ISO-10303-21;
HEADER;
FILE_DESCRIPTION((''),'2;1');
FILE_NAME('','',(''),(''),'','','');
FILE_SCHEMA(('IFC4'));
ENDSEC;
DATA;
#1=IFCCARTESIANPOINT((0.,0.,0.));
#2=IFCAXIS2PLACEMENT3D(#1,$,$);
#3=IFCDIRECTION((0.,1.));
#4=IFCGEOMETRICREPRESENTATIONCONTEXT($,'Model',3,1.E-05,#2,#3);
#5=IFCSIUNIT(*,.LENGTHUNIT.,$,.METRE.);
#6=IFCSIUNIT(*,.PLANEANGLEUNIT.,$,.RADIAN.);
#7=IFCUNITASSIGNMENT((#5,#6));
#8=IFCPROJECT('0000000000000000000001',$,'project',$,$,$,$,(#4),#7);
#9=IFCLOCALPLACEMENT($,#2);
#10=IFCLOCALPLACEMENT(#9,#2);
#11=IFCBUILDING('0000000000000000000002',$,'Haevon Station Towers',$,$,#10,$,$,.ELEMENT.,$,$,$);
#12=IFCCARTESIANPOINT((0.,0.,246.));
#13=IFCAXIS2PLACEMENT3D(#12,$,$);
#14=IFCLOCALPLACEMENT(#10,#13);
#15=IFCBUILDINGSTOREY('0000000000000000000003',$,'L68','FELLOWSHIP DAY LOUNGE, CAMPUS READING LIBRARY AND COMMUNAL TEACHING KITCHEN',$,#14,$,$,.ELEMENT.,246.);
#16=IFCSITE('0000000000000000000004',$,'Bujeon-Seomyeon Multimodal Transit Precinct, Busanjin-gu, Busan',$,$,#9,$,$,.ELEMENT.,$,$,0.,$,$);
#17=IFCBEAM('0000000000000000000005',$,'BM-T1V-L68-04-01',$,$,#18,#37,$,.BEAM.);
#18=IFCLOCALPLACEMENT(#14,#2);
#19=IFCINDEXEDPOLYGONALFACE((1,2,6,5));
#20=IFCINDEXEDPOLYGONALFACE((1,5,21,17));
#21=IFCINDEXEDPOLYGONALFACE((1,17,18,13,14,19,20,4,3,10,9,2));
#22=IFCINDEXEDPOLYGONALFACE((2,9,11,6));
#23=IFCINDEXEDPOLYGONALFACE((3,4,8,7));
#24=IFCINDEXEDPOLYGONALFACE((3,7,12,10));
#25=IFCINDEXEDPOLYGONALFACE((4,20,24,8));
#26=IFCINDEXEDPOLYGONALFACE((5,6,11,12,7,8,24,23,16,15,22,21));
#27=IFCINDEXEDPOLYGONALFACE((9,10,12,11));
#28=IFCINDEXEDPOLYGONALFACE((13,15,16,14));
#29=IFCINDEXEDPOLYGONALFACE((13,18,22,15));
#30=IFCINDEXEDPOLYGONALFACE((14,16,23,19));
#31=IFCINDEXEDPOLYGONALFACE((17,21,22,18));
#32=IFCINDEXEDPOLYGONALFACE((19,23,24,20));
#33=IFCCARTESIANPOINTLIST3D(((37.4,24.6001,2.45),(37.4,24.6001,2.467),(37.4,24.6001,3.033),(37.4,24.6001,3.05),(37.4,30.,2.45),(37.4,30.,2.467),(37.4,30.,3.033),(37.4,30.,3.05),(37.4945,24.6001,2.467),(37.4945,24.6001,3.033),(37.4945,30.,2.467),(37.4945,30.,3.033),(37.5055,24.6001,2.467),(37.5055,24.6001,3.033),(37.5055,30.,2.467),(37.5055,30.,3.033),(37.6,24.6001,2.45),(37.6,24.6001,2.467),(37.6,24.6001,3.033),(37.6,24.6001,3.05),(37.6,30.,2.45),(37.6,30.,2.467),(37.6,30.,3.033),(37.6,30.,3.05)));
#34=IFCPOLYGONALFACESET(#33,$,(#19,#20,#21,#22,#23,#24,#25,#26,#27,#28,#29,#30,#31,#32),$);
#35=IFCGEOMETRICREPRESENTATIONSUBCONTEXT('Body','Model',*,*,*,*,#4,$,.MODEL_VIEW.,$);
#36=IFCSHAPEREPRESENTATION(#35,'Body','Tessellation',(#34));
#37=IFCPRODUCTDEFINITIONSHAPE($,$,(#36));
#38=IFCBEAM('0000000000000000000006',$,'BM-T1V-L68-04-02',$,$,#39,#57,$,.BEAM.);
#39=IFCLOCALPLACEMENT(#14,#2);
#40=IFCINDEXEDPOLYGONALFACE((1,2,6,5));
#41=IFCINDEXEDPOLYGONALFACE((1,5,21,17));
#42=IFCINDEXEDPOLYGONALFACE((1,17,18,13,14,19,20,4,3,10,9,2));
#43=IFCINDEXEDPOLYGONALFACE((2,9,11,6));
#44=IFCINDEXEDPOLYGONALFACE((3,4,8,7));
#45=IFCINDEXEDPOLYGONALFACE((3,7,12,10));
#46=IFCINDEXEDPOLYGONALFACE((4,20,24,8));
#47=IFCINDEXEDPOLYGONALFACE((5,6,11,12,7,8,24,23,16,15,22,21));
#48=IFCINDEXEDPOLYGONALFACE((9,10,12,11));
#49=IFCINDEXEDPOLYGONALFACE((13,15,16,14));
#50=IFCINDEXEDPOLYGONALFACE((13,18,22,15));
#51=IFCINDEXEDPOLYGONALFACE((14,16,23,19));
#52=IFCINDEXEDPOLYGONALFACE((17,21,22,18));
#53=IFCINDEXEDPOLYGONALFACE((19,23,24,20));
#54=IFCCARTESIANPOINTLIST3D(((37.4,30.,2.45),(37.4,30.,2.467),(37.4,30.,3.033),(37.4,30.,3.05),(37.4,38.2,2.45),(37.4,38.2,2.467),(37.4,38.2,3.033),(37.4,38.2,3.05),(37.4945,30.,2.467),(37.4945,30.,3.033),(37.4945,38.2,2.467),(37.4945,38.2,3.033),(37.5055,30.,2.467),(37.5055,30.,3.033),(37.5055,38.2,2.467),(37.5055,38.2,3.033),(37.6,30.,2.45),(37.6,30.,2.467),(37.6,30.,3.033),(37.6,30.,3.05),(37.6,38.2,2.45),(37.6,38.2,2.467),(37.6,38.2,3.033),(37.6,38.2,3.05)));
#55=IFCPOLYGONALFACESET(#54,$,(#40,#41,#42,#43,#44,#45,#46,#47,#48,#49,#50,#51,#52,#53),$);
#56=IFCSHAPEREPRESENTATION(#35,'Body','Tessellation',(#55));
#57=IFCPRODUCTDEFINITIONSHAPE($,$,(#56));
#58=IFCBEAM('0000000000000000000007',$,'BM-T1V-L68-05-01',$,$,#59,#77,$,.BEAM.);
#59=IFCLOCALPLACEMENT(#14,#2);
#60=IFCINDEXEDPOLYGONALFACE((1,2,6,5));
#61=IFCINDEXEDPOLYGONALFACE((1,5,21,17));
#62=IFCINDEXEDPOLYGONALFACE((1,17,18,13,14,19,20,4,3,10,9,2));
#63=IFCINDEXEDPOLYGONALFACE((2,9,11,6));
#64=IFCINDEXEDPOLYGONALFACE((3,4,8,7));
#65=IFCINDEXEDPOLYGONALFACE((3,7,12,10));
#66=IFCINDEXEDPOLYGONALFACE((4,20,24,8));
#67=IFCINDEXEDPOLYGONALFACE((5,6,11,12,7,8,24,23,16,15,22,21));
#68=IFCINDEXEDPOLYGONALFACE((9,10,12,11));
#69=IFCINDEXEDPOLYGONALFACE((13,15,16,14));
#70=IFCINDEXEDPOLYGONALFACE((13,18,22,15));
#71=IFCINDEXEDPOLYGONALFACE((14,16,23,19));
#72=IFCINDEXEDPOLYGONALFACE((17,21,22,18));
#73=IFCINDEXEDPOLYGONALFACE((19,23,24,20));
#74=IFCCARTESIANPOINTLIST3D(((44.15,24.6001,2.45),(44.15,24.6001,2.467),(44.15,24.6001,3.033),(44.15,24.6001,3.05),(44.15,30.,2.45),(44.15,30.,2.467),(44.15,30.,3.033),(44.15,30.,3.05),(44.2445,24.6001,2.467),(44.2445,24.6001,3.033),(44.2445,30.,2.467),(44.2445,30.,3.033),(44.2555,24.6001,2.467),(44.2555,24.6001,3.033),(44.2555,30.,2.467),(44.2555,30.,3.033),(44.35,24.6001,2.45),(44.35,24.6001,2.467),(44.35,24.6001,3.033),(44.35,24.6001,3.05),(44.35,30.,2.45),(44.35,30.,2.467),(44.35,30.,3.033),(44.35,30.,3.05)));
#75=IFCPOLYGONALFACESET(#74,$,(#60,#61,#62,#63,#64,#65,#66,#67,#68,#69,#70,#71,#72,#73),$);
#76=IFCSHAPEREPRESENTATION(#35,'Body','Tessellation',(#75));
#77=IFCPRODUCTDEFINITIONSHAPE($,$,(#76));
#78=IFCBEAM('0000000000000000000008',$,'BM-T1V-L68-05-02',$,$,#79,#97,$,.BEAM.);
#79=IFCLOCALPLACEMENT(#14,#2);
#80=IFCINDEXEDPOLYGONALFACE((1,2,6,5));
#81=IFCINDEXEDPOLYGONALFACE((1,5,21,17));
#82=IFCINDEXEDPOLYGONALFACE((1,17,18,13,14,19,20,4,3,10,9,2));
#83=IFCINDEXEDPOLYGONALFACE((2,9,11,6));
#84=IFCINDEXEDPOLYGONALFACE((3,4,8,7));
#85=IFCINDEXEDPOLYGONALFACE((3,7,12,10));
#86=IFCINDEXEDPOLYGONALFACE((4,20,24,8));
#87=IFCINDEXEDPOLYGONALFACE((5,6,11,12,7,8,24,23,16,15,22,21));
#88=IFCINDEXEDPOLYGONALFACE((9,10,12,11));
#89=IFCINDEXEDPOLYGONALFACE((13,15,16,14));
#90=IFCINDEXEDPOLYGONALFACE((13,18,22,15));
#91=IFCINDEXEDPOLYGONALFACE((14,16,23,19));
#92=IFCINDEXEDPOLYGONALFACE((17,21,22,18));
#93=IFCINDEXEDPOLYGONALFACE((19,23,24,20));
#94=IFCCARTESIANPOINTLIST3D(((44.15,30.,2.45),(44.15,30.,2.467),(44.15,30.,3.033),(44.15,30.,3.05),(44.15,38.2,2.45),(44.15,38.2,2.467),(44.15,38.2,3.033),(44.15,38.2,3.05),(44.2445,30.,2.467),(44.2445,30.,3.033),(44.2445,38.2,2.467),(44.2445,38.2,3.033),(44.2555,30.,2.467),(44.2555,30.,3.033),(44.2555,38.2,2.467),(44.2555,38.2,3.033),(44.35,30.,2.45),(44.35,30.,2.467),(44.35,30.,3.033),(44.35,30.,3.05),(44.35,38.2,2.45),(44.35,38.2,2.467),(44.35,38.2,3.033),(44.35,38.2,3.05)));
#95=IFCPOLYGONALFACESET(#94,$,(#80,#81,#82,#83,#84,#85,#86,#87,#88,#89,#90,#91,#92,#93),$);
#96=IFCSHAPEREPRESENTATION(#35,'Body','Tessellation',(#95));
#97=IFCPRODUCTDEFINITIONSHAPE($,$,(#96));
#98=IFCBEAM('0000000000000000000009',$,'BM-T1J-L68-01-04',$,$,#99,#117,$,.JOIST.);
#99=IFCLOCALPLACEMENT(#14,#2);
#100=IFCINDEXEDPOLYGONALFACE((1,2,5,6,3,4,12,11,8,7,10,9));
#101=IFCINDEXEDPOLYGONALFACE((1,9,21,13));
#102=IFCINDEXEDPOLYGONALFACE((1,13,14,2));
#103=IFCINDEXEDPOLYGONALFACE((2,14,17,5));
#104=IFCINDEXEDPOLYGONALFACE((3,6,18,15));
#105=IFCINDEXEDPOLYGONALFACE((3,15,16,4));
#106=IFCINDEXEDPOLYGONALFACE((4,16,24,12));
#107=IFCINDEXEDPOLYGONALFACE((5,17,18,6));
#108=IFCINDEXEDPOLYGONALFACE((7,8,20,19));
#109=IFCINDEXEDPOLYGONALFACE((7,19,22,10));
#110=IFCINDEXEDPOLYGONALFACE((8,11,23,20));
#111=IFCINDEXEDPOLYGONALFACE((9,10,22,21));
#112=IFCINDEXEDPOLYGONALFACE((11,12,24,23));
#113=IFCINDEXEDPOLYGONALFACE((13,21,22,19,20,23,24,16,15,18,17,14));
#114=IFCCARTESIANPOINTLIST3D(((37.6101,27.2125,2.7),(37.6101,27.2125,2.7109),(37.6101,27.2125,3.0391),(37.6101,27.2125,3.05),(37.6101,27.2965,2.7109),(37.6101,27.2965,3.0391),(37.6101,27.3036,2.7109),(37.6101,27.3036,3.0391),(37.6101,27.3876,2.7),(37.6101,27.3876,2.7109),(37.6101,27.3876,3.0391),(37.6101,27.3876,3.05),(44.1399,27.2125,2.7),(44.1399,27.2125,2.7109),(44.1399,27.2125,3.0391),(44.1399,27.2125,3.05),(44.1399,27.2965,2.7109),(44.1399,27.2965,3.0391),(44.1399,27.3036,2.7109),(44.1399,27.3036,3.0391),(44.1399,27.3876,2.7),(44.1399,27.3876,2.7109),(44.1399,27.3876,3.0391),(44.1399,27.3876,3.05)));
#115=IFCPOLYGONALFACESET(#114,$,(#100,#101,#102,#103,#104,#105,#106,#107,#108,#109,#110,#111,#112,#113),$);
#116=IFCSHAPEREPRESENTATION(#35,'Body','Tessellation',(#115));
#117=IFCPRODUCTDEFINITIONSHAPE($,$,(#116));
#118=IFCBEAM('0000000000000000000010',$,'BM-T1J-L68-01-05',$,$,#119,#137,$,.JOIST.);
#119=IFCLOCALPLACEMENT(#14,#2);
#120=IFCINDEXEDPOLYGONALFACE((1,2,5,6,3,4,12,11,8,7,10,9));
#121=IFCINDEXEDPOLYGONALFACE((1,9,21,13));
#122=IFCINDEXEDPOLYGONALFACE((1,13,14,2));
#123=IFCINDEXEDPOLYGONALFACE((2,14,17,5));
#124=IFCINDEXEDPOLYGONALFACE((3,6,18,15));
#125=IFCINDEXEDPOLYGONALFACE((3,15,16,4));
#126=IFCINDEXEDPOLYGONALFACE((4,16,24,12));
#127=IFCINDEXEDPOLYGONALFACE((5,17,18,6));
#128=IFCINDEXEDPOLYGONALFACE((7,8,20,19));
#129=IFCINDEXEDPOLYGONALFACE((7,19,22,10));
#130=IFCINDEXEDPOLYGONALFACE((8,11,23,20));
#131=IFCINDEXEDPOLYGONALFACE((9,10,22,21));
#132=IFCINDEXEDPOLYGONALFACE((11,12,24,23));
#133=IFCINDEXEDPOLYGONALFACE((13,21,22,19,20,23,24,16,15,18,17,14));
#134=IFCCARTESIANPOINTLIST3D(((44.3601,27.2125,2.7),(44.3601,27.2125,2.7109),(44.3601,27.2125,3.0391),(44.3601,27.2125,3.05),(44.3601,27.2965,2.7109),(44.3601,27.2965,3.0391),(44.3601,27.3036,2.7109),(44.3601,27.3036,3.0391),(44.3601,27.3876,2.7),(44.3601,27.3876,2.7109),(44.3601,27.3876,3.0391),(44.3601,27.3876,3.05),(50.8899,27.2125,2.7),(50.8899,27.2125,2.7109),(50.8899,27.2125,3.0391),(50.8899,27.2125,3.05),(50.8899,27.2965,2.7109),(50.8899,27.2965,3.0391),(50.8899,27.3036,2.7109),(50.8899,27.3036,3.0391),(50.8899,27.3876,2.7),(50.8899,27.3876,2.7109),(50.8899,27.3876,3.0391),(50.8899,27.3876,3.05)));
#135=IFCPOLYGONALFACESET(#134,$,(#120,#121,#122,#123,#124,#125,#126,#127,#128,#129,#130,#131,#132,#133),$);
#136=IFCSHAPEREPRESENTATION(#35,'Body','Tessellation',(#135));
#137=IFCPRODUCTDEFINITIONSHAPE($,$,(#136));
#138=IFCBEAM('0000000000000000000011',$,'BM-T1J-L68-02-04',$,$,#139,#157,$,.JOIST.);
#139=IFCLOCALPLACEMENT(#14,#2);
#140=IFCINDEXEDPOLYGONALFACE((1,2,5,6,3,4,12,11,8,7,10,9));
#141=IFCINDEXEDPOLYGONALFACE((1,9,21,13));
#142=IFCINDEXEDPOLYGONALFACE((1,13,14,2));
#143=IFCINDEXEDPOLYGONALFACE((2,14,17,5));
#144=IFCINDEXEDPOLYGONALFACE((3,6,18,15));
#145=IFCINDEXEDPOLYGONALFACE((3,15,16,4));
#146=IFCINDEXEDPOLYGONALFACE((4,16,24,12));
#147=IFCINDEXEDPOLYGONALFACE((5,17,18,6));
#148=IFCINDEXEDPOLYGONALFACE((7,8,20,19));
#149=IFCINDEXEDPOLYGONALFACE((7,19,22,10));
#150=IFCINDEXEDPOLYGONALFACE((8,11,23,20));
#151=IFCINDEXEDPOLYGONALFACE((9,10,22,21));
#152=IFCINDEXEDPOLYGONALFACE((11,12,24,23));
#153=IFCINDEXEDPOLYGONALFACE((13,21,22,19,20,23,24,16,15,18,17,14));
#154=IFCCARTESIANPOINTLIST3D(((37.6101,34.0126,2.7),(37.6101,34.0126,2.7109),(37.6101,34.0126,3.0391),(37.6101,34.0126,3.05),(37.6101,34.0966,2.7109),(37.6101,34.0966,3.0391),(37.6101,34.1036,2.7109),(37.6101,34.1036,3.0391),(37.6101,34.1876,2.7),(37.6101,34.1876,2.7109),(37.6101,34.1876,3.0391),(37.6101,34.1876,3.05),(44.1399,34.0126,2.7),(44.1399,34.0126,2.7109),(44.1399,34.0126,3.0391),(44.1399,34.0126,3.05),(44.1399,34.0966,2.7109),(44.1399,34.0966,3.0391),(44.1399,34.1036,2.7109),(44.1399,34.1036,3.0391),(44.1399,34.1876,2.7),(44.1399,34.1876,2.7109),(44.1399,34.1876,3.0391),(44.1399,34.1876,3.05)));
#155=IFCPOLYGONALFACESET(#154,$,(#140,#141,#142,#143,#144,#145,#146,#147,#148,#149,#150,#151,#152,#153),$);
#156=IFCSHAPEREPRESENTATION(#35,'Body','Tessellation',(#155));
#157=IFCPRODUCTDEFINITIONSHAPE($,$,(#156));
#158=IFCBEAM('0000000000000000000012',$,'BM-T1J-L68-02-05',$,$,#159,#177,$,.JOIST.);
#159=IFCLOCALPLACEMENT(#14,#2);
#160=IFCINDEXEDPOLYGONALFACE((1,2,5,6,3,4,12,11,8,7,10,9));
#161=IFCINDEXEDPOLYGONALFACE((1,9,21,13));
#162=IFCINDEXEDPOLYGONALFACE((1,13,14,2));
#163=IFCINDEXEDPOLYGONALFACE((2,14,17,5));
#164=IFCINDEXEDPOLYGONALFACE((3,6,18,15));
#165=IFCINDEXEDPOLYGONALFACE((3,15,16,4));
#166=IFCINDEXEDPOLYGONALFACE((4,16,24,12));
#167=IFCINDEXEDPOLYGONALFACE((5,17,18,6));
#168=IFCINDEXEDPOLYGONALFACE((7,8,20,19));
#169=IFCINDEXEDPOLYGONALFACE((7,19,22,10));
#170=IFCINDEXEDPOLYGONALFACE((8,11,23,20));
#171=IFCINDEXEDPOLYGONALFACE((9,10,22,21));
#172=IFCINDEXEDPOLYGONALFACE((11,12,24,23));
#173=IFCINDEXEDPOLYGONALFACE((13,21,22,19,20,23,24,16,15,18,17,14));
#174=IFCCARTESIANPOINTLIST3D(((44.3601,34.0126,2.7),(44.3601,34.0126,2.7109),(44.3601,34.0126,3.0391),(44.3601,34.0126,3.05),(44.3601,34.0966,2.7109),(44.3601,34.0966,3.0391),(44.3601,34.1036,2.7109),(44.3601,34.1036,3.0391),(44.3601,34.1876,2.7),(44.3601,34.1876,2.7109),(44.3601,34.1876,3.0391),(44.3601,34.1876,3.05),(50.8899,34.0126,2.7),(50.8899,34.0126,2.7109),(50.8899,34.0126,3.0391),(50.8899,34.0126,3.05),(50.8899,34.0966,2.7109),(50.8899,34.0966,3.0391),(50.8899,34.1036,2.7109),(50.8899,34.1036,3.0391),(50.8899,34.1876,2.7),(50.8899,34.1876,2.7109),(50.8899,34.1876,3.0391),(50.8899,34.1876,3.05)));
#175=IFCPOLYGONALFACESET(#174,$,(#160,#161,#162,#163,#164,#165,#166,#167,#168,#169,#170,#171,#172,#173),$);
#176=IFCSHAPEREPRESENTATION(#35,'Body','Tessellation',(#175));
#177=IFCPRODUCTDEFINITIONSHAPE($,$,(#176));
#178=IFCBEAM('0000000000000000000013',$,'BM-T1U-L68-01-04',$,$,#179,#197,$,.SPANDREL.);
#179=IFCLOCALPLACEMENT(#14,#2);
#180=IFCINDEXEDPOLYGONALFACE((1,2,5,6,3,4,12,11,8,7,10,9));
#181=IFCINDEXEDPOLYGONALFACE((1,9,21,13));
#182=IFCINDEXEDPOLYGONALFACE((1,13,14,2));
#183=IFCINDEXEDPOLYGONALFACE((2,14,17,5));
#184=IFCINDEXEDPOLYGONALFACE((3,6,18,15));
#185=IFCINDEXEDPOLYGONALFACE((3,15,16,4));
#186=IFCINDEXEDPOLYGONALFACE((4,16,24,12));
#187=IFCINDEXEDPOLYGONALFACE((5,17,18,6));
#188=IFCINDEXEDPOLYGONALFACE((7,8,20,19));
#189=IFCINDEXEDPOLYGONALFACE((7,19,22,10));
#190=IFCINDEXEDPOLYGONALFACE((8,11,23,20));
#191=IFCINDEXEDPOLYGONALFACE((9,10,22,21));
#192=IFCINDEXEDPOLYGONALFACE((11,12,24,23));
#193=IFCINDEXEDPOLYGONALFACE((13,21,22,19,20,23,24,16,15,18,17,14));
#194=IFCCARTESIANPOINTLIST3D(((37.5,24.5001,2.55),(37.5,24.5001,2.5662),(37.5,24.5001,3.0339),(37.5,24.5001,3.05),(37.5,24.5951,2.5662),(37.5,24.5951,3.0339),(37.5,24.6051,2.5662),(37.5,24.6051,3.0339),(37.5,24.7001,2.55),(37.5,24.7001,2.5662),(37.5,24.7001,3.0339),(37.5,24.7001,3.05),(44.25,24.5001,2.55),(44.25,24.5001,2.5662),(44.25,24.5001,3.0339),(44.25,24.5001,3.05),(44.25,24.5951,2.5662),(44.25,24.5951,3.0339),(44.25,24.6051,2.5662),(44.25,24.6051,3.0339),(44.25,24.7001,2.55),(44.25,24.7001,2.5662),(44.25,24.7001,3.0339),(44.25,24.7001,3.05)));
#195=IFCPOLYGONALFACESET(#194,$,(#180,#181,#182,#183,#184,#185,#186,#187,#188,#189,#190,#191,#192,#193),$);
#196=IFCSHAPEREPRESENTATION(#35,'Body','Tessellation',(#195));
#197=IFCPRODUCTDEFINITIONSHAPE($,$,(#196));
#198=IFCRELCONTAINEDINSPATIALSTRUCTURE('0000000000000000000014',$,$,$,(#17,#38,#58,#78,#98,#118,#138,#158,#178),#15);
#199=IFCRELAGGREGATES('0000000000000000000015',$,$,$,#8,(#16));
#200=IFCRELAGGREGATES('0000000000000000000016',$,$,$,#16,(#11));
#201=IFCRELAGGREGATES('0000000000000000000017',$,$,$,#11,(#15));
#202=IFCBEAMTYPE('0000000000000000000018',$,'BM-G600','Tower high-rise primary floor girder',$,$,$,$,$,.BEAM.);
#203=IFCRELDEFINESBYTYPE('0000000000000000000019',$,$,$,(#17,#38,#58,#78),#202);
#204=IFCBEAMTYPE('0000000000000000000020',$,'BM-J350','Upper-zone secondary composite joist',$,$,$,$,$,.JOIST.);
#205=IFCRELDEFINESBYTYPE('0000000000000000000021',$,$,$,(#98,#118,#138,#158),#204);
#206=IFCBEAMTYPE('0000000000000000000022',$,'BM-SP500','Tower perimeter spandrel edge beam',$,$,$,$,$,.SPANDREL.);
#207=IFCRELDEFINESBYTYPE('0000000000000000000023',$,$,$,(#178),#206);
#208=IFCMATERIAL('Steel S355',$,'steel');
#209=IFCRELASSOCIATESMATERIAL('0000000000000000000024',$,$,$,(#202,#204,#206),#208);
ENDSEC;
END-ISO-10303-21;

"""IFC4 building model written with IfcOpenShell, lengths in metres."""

from ifc_helpers import new_model, si_unit, direction, frame, origin, origin_2d, place, context, subcontext, project, spatial, i_section, extrude, material, material_profile, profile_set, type_object, element, save


model = new_model("IFC4")

# Units and contexts
model_context = context("Model", 3, precision=1e-05, world=origin(), true_north=direction((0.0, 1.0)))
body_context = subcontext(model_context, "Body", "Model", "MODEL_VIEW")
ifc_project = project(units=[si_unit("LENGTHUNIT", "METRE"), si_unit("PLANEANGLEUNIT", "RADIAN")], contexts=[model_context])

# Site, building, storey
site_placement = place(None, origin())
site = spatial("IfcSite", under=ifc_project, at=site_placement, Name="Bujeon-Seomyeon Multimodal Transit Precinct, Busanjin-gu, Busan", CompositionType="ELEMENT", RefElevation=0.0)
building_placement = place(site_placement, origin())
building = spatial("IfcBuilding", under=site, at=building_placement, Name="Haevon Station Towers", CompositionType="ELEMENT")
storey_placement = place(building_placement, frame((0.0, 0.0, 246.0)))
storey = spatial("IfcBuildingStorey", under=building, at=storey_placement, Name="L68", Description="FELLOWSHIP DAY LOUNGE, CAMPUS READING LIBRARY AND COMMUNAL TEACHING KITCHEN", CompositionType="ELEMENT", Elevation=246.0)

# Shared definitions
ifc_material_1 = material(Name="Steel S355", Category="steel")

# Beams
ifc_material_profile_1 = material_profile(ifc_material_1, i_section(OverallWidth=0.2, OverallDepth=0.6001, WebThickness=0.011, FlangeThickness=0.0171, at=origin_2d()), Name="H-600x200x11x17")
ifc_profile_set_1 = profile_set([ifc_material_profile_1], Name="Steel S355")
beam_type_1 = type_object("IfcBeamType", Name="BM-G600", Description="Tower high-rise primary floor girder", PredefinedType="BEAM", material=ifc_profile_set_1)
beam_1_placement = place(storey_placement, frame((37.5, 24.6001, 2.75), z_axis=(0.0, 1.0, 0.0), x_axis=(-1.0, 0.0, 0.0)))
element("IfcBeam", 1, at=beam_1_placement, inside=storey, type_object=beam_type_1, Name="BM-T1V-L68-04-01", PredefinedType="BEAM", context=body_context, shape_type="SweptSolid", body=[
    extrude(i_section(OverallWidth=0.2, OverallDepth=0.6001, WebThickness=0.011, FlangeThickness=0.0171, at=origin_2d()), origin(), (0.0, 0.0, 1.0), 5.3999),
])
beam_2_placement = place(storey_placement, frame((37.5, 30.0, 2.75), z_axis=(0.0, 1.0, 0.0), x_axis=(-1.0, 0.0, 0.0)))
element("IfcBeam", 2, at=beam_2_placement, inside=storey, type_object=beam_type_1, Name="BM-T1V-L68-04-02", PredefinedType="BEAM", context=body_context, shape_type="SweptSolid", body=[
    extrude(i_section(OverallWidth=0.2, OverallDepth=0.6001, WebThickness=0.011, FlangeThickness=0.0171, at=origin_2d()), origin(), (0.0, 0.0, 1.0), 8.2),
])
beam_3_placement = place(storey_placement, frame((44.25, 24.6001, 2.75), z_axis=(0.0, 1.0, 0.0), x_axis=(-1.0, 0.0, 0.0)))
element("IfcBeam", 3, at=beam_3_placement, inside=storey, type_object=beam_type_1, Name="BM-T1V-L68-05-01", PredefinedType="BEAM", context=body_context, shape_type="SweptSolid", body=[
    extrude(i_section(OverallWidth=0.2, OverallDepth=0.6001, WebThickness=0.011, FlangeThickness=0.0171, at=origin_2d()), origin(), (0.0, 0.0, 1.0), 5.3999),
])
beam_4_placement = place(storey_placement, frame((44.25, 30.0, 2.75), z_axis=(0.0, 1.0, 0.0), x_axis=(-1.0, 0.0, 0.0)))
element("IfcBeam", 4, at=beam_4_placement, inside=storey, type_object=beam_type_1, Name="BM-T1V-L68-05-02", PredefinedType="BEAM", context=body_context, shape_type="SweptSolid", body=[
    extrude(i_section(OverallWidth=0.2, OverallDepth=0.6001, WebThickness=0.011, FlangeThickness=0.0171, at=origin_2d()), origin(), (0.0, 0.0, 1.0), 8.2),
])
ifc_material_profile_2 = material_profile(ifc_material_1, i_section(OverallWidth=0.175, OverallDepth=0.3501, WebThickness=0.0071, FlangeThickness=0.011, at=origin_2d()), Name="H-350x175x7x11")
ifc_profile_set_2 = profile_set([ifc_material_profile_2], Name="Steel S355")
beam_type_2 = type_object("IfcBeamType", Name="BM-J350", Description="Upper-zone secondary composite joist", PredefinedType="JOIST", material=ifc_profile_set_2)
for number, where, z_axis, x_axis, name in (
    (5, (37.6101, 27.3, 2.875), (1.0, 0.0, 0.0), (0.0, 1.0, 0.0), "BM-T1J-L68-01-04"),
    (6, (44.3601, 27.3, 2.875), (1.0, 0.0, 0.0), (0.0, 1.0, 0.0), "BM-T1J-L68-01-05"),
    (7, (37.6101, 34.1001, 2.875), (1.0, 0.0, 0.0), (0.0, 1.0, 0.0), "BM-T1J-L68-02-04"),
    (8, (44.3601, 34.1001, 2.875), (1.0, 0.0, 0.0), (0.0, 1.0, 0.0), "BM-T1J-L68-02-05"),
):
    element("IfcBeam", number, at=place(storey_placement, frame(where, z_axis=z_axis, x_axis=x_axis)), inside=storey, type_object=beam_type_2, Name=name, PredefinedType="JOIST", context=body_context, shape_type="SweptSolid", body=[
        extrude(i_section(OverallWidth=0.175, OverallDepth=0.3501, WebThickness=0.0071, FlangeThickness=0.011, at=origin_2d()), origin(), (0.0, 0.0, 1.0), 6.5298),
    ])
ifc_material_profile_3 = material_profile(ifc_material_1, i_section(OverallWidth=0.2, OverallDepth=0.5, WebThickness=0.01, FlangeThickness=0.0161, at=origin_2d()), Name="H-500x200x10x16")
ifc_profile_set_3 = profile_set([ifc_material_profile_3], Name="Steel S355")
beam_type_3 = type_object("IfcBeamType", Name="BM-SP500", Description="Tower perimeter spandrel edge beam", PredefinedType="SPANDREL", material=ifc_profile_set_3)
for number, where, z_axis, x_axis, name in (
    (9, (37.5, 24.6001, 2.8), (1.0, 0.0, 0.0), (0.0, 1.0, 0.0), "BM-T1U-L68-01-04"),
):
    element("IfcBeam", number, at=place(storey_placement, frame(where, z_axis=z_axis, x_axis=x_axis)), inside=storey, type_object=beam_type_3, Name=name, PredefinedType="SPANDREL", context=body_context, shape_type="SweptSolid", body=[
        extrude(i_section(OverallWidth=0.2, OverallDepth=0.5, WebThickness=0.01, FlangeThickness=0.0161, at=origin_2d()), origin(), (0.0, 0.0, 1.0), 6.75),
    ])

save(model, "model.ifc")
